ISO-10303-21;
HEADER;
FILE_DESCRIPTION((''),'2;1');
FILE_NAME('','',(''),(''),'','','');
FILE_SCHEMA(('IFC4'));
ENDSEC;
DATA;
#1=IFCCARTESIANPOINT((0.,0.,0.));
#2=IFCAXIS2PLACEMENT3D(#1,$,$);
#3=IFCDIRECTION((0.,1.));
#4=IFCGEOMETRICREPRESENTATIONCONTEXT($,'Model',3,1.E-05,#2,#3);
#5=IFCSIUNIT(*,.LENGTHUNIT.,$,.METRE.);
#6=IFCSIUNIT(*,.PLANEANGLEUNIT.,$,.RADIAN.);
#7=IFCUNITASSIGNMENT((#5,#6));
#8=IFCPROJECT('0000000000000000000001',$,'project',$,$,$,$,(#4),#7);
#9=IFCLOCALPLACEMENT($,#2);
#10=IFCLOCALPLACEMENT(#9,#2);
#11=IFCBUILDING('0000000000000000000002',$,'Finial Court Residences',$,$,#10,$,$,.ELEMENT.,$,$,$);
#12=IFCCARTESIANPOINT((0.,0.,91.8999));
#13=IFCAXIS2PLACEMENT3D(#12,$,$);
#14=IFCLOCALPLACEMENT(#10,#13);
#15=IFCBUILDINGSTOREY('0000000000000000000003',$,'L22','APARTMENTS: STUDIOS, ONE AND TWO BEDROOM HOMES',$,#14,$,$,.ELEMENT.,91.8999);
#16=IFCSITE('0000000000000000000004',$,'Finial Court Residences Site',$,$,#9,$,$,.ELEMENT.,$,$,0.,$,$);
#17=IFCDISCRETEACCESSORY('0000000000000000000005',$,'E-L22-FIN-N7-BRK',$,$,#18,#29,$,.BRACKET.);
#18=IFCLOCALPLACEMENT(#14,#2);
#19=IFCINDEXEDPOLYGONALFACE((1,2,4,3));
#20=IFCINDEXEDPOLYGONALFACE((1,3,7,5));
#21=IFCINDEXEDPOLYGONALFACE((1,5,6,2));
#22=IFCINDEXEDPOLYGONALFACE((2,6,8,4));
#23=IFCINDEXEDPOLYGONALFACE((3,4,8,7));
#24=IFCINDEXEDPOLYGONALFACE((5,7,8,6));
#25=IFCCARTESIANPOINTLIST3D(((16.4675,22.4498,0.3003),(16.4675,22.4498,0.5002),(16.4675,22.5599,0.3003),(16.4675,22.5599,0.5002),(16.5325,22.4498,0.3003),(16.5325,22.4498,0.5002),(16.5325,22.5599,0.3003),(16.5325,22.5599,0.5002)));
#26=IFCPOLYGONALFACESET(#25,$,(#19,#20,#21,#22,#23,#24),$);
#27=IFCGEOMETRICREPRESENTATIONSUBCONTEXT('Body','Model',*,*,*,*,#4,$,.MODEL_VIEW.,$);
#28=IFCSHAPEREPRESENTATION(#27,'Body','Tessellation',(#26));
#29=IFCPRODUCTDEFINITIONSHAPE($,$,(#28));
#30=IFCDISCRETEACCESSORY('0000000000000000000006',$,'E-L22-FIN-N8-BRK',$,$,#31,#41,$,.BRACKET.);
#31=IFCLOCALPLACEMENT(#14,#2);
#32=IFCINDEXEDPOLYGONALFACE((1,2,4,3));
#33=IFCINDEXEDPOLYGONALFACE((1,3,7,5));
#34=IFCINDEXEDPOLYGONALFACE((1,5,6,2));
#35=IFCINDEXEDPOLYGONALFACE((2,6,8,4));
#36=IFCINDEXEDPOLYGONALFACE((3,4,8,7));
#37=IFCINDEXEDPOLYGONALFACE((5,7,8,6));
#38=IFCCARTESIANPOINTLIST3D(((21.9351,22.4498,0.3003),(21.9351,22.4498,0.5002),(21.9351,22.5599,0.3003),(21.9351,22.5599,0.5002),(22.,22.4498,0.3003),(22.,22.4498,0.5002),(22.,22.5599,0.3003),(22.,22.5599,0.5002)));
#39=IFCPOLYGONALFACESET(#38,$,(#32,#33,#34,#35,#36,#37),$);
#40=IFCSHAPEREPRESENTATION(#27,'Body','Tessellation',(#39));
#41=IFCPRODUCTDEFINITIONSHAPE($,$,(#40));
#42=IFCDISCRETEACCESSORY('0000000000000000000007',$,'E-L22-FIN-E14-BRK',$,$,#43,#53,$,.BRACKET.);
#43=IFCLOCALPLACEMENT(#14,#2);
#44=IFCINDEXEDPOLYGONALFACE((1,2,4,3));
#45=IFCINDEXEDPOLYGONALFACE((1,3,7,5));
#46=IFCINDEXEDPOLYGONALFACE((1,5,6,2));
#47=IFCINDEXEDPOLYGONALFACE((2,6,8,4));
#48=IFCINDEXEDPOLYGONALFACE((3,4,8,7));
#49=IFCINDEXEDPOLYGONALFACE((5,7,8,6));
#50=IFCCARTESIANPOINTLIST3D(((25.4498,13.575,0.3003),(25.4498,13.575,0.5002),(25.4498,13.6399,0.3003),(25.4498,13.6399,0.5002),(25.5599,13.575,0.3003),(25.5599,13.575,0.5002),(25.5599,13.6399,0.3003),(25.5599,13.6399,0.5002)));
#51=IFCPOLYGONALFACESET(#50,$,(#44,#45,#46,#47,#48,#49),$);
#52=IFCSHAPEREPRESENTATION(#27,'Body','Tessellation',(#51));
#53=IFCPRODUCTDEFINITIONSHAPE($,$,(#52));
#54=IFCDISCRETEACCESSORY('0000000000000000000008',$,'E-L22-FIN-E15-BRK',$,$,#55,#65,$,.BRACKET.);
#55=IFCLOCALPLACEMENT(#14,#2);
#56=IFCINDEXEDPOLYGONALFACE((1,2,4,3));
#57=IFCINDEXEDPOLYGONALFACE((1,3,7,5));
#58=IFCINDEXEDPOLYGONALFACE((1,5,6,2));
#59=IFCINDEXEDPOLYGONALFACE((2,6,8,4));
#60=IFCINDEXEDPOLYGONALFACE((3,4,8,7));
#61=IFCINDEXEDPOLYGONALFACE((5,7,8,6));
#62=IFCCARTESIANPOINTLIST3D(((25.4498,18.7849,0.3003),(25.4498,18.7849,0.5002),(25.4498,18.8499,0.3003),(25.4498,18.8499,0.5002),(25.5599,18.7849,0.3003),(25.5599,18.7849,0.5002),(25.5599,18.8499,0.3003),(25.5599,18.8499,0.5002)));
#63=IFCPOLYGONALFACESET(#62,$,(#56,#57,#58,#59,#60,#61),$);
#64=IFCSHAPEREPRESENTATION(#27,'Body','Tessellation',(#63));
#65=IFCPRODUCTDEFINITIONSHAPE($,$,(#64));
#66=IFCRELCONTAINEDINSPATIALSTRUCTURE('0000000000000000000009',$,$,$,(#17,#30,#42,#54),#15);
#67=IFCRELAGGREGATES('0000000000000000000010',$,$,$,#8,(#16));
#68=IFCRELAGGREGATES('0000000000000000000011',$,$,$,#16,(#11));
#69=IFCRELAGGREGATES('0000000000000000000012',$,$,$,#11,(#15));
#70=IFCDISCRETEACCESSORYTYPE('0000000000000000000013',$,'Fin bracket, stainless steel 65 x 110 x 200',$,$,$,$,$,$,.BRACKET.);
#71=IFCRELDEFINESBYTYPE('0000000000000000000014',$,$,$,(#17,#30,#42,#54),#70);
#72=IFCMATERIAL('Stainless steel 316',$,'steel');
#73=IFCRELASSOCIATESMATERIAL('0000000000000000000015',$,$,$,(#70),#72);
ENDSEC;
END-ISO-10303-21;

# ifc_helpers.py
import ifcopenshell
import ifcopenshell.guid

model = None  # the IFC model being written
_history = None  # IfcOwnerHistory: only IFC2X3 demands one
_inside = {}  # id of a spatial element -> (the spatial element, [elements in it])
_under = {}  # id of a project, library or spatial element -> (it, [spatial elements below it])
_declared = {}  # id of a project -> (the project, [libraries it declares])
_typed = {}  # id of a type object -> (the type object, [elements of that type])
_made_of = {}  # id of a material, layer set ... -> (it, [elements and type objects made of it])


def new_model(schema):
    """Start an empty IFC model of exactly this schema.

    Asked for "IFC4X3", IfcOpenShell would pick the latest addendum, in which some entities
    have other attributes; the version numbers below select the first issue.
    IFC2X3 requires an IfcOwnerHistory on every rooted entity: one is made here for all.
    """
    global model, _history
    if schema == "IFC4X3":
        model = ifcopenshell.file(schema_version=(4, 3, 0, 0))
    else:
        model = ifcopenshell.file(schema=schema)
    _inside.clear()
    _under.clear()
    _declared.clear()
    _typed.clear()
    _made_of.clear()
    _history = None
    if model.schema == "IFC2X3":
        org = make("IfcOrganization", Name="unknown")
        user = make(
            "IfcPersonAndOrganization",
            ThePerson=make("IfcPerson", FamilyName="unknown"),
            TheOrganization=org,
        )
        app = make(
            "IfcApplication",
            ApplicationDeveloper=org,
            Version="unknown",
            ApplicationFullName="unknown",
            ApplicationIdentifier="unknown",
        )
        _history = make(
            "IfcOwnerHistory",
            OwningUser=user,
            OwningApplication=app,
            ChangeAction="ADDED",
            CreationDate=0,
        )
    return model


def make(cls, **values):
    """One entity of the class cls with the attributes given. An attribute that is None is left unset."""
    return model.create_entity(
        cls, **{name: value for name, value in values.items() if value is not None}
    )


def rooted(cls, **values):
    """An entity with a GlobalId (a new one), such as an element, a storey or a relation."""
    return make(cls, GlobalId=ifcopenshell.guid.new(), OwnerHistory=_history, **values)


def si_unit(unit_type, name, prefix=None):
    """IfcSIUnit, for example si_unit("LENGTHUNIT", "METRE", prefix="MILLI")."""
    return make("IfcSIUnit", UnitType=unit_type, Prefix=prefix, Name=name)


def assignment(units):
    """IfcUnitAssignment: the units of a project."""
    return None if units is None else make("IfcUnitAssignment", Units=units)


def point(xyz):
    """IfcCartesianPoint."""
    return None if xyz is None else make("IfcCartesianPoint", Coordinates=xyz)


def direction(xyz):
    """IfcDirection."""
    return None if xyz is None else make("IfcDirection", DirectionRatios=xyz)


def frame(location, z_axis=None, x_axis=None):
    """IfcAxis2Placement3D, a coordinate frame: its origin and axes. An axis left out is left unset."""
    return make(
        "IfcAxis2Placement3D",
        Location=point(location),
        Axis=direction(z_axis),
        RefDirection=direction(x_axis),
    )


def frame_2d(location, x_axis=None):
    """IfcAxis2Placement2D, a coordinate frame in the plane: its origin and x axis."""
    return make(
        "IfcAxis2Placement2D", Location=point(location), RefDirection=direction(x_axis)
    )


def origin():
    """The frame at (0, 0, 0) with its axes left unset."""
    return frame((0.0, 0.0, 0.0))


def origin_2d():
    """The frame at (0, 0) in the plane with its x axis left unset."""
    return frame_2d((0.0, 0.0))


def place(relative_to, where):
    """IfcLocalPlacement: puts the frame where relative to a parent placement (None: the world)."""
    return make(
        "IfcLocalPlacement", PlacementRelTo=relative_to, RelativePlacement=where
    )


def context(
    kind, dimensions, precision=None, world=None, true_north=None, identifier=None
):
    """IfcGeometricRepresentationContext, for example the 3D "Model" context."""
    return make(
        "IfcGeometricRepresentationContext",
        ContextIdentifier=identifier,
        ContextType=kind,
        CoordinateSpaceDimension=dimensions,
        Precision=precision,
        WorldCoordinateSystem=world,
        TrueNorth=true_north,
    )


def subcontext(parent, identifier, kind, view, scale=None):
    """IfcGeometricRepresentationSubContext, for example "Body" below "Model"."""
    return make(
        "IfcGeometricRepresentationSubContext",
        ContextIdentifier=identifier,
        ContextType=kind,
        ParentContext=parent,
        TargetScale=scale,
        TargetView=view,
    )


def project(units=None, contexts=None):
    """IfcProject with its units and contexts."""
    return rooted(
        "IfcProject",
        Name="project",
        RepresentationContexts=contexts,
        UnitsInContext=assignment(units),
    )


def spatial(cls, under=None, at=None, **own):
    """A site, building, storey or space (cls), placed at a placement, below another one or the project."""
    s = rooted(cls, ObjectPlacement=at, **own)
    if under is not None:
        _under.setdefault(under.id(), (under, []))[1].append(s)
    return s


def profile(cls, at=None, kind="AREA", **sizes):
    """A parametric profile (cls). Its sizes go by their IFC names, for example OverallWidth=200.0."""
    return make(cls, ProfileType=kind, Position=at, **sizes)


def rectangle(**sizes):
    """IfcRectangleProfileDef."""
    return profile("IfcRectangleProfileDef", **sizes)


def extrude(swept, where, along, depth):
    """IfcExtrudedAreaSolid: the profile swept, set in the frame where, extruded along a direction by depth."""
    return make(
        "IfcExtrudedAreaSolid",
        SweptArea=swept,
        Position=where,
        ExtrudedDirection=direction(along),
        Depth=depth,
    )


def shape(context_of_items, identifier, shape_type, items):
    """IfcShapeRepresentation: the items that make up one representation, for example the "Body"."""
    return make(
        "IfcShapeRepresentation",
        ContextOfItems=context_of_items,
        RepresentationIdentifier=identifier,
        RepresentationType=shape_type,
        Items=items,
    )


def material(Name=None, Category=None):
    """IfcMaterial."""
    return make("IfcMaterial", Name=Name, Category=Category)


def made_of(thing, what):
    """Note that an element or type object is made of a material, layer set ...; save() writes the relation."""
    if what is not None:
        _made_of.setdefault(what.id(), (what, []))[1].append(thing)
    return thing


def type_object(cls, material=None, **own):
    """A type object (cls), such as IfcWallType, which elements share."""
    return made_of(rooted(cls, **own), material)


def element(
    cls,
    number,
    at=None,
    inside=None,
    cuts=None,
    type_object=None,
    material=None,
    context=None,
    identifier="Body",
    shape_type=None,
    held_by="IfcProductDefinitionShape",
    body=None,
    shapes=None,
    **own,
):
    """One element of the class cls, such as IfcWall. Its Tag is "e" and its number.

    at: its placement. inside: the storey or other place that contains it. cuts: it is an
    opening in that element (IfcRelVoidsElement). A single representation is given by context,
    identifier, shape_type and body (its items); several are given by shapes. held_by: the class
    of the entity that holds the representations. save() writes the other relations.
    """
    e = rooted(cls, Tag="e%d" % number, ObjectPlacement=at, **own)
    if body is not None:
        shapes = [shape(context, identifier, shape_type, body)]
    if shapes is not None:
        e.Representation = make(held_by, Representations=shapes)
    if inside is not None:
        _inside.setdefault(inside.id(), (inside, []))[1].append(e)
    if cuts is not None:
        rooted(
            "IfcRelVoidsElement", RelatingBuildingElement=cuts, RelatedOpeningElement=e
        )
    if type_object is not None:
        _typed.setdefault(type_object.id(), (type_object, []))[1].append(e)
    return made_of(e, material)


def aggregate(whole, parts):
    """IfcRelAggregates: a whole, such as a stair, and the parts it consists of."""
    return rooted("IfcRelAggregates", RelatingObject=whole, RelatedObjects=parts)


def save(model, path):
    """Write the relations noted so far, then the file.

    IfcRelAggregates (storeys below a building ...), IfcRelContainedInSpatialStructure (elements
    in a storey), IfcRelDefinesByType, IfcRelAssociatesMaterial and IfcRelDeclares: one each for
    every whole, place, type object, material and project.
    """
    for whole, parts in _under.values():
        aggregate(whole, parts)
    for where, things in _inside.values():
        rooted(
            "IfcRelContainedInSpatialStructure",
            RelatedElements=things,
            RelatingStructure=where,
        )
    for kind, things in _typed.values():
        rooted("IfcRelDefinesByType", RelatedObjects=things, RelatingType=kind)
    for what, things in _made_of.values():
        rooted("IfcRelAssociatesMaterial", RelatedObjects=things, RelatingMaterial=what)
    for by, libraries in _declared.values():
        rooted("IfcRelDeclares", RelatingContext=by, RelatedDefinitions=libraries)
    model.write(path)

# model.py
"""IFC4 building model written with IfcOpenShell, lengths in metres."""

from ifc_helpers import new_model, si_unit, direction, frame, origin, origin_2d, place, context, subcontext, project, spatial, rectangle, extrude, material, type_object, element, save


model = new_model("IFC4")

# Units and contexts
model_context = context("Model", 3, precision=1e-05, world=origin(), true_north=direction((0.0, 1.0)))
body_context = subcontext(model_context, "Body", "Model", "MODEL_VIEW")
ifc_project = project(units=[si_unit("LENGTHUNIT", "METRE"), si_unit("PLANEANGLEUNIT", "RADIAN")], contexts=[model_context])

# Site, building, storey
site_placement = place(None, origin())
site = spatial("IfcSite", under=ifc_project, at=site_placement, Name="Finial Court Residences Site", CompositionType="ELEMENT", RefElevation=0.0)
building_placement = place(site_placement, origin())
building = spatial("IfcBuilding", under=site, at=building_placement, Name="Finial Court Residences", CompositionType="ELEMENT")
storey_placement = place(building_placement, frame((0.0, 0.0, 91.8999)))
storey = spatial("IfcBuildingStorey", under=building, at=storey_placement, Name="L22", Description="APARTMENTS: STUDIOS, ONE AND TWO BEDROOM HOMES", CompositionType="ELEMENT", Elevation=91.8999)

# Discrete accessories
ifc_material_1 = material(Name="Stainless steel 316", Category="steel")
discrete_accessory_type = type_object("IfcDiscreteAccessoryType", Name="Fin bracket, stainless steel 65 x 110 x 200", PredefinedType="BRACKET", material=ifc_material_1)
for number, where, z_axis, x_axis, name in (
    (1, (16.5, 22.5049, 0.3003), (0.0, 0.0, 1.0), (1.0, 0.0, 0.0), "E-L22-FIN-N7-BRK"),
    (2, (21.9675, 22.5049, 0.3003), (0.0, 0.0, 1.0), (1.0, 0.0, 0.0), "E-L22-FIN-N8-BRK"),
):
    element("IfcDiscreteAccessory", number, at=place(storey_placement, frame(where, z_axis=z_axis, x_axis=x_axis)), inside=storey, type_object=discrete_accessory_type, Name=name, PredefinedType="BRACKET", context=body_context, shape_type="SweptSolid", body=[
        extrude(rectangle(XDim=0.0649, YDim=0.1101, at=origin_2d()), origin(), (0.0, 0.0, 1.0), 0.2),
    ])
for number, where, z_axis, x_axis, name in (
    (3, (25.5049, 13.6074, 0.3003), (0.0, 0.0, 1.0), (1.0, 0.0, 0.0), "E-L22-FIN-E14-BRK"),
    (4, (25.5049, 18.8174, 0.3003), (0.0, 0.0, 1.0), (1.0, 0.0, 0.0), "E-L22-FIN-E15-BRK"),
):
    element("IfcDiscreteAccessory", number, at=place(storey_placement, frame(where, z_axis=z_axis, x_axis=x_axis)), inside=storey, type_object=discrete_accessory_type, Name=name, PredefinedType="BRACKET", context=body_context, shape_type="SweptSolid", body=[
        extrude(rectangle(XDim=0.1101, YDim=0.0649, at=origin_2d()), origin(), (0.0, 0.0, 1.0), 0.2),
    ])

save(model, "model.ifc")
